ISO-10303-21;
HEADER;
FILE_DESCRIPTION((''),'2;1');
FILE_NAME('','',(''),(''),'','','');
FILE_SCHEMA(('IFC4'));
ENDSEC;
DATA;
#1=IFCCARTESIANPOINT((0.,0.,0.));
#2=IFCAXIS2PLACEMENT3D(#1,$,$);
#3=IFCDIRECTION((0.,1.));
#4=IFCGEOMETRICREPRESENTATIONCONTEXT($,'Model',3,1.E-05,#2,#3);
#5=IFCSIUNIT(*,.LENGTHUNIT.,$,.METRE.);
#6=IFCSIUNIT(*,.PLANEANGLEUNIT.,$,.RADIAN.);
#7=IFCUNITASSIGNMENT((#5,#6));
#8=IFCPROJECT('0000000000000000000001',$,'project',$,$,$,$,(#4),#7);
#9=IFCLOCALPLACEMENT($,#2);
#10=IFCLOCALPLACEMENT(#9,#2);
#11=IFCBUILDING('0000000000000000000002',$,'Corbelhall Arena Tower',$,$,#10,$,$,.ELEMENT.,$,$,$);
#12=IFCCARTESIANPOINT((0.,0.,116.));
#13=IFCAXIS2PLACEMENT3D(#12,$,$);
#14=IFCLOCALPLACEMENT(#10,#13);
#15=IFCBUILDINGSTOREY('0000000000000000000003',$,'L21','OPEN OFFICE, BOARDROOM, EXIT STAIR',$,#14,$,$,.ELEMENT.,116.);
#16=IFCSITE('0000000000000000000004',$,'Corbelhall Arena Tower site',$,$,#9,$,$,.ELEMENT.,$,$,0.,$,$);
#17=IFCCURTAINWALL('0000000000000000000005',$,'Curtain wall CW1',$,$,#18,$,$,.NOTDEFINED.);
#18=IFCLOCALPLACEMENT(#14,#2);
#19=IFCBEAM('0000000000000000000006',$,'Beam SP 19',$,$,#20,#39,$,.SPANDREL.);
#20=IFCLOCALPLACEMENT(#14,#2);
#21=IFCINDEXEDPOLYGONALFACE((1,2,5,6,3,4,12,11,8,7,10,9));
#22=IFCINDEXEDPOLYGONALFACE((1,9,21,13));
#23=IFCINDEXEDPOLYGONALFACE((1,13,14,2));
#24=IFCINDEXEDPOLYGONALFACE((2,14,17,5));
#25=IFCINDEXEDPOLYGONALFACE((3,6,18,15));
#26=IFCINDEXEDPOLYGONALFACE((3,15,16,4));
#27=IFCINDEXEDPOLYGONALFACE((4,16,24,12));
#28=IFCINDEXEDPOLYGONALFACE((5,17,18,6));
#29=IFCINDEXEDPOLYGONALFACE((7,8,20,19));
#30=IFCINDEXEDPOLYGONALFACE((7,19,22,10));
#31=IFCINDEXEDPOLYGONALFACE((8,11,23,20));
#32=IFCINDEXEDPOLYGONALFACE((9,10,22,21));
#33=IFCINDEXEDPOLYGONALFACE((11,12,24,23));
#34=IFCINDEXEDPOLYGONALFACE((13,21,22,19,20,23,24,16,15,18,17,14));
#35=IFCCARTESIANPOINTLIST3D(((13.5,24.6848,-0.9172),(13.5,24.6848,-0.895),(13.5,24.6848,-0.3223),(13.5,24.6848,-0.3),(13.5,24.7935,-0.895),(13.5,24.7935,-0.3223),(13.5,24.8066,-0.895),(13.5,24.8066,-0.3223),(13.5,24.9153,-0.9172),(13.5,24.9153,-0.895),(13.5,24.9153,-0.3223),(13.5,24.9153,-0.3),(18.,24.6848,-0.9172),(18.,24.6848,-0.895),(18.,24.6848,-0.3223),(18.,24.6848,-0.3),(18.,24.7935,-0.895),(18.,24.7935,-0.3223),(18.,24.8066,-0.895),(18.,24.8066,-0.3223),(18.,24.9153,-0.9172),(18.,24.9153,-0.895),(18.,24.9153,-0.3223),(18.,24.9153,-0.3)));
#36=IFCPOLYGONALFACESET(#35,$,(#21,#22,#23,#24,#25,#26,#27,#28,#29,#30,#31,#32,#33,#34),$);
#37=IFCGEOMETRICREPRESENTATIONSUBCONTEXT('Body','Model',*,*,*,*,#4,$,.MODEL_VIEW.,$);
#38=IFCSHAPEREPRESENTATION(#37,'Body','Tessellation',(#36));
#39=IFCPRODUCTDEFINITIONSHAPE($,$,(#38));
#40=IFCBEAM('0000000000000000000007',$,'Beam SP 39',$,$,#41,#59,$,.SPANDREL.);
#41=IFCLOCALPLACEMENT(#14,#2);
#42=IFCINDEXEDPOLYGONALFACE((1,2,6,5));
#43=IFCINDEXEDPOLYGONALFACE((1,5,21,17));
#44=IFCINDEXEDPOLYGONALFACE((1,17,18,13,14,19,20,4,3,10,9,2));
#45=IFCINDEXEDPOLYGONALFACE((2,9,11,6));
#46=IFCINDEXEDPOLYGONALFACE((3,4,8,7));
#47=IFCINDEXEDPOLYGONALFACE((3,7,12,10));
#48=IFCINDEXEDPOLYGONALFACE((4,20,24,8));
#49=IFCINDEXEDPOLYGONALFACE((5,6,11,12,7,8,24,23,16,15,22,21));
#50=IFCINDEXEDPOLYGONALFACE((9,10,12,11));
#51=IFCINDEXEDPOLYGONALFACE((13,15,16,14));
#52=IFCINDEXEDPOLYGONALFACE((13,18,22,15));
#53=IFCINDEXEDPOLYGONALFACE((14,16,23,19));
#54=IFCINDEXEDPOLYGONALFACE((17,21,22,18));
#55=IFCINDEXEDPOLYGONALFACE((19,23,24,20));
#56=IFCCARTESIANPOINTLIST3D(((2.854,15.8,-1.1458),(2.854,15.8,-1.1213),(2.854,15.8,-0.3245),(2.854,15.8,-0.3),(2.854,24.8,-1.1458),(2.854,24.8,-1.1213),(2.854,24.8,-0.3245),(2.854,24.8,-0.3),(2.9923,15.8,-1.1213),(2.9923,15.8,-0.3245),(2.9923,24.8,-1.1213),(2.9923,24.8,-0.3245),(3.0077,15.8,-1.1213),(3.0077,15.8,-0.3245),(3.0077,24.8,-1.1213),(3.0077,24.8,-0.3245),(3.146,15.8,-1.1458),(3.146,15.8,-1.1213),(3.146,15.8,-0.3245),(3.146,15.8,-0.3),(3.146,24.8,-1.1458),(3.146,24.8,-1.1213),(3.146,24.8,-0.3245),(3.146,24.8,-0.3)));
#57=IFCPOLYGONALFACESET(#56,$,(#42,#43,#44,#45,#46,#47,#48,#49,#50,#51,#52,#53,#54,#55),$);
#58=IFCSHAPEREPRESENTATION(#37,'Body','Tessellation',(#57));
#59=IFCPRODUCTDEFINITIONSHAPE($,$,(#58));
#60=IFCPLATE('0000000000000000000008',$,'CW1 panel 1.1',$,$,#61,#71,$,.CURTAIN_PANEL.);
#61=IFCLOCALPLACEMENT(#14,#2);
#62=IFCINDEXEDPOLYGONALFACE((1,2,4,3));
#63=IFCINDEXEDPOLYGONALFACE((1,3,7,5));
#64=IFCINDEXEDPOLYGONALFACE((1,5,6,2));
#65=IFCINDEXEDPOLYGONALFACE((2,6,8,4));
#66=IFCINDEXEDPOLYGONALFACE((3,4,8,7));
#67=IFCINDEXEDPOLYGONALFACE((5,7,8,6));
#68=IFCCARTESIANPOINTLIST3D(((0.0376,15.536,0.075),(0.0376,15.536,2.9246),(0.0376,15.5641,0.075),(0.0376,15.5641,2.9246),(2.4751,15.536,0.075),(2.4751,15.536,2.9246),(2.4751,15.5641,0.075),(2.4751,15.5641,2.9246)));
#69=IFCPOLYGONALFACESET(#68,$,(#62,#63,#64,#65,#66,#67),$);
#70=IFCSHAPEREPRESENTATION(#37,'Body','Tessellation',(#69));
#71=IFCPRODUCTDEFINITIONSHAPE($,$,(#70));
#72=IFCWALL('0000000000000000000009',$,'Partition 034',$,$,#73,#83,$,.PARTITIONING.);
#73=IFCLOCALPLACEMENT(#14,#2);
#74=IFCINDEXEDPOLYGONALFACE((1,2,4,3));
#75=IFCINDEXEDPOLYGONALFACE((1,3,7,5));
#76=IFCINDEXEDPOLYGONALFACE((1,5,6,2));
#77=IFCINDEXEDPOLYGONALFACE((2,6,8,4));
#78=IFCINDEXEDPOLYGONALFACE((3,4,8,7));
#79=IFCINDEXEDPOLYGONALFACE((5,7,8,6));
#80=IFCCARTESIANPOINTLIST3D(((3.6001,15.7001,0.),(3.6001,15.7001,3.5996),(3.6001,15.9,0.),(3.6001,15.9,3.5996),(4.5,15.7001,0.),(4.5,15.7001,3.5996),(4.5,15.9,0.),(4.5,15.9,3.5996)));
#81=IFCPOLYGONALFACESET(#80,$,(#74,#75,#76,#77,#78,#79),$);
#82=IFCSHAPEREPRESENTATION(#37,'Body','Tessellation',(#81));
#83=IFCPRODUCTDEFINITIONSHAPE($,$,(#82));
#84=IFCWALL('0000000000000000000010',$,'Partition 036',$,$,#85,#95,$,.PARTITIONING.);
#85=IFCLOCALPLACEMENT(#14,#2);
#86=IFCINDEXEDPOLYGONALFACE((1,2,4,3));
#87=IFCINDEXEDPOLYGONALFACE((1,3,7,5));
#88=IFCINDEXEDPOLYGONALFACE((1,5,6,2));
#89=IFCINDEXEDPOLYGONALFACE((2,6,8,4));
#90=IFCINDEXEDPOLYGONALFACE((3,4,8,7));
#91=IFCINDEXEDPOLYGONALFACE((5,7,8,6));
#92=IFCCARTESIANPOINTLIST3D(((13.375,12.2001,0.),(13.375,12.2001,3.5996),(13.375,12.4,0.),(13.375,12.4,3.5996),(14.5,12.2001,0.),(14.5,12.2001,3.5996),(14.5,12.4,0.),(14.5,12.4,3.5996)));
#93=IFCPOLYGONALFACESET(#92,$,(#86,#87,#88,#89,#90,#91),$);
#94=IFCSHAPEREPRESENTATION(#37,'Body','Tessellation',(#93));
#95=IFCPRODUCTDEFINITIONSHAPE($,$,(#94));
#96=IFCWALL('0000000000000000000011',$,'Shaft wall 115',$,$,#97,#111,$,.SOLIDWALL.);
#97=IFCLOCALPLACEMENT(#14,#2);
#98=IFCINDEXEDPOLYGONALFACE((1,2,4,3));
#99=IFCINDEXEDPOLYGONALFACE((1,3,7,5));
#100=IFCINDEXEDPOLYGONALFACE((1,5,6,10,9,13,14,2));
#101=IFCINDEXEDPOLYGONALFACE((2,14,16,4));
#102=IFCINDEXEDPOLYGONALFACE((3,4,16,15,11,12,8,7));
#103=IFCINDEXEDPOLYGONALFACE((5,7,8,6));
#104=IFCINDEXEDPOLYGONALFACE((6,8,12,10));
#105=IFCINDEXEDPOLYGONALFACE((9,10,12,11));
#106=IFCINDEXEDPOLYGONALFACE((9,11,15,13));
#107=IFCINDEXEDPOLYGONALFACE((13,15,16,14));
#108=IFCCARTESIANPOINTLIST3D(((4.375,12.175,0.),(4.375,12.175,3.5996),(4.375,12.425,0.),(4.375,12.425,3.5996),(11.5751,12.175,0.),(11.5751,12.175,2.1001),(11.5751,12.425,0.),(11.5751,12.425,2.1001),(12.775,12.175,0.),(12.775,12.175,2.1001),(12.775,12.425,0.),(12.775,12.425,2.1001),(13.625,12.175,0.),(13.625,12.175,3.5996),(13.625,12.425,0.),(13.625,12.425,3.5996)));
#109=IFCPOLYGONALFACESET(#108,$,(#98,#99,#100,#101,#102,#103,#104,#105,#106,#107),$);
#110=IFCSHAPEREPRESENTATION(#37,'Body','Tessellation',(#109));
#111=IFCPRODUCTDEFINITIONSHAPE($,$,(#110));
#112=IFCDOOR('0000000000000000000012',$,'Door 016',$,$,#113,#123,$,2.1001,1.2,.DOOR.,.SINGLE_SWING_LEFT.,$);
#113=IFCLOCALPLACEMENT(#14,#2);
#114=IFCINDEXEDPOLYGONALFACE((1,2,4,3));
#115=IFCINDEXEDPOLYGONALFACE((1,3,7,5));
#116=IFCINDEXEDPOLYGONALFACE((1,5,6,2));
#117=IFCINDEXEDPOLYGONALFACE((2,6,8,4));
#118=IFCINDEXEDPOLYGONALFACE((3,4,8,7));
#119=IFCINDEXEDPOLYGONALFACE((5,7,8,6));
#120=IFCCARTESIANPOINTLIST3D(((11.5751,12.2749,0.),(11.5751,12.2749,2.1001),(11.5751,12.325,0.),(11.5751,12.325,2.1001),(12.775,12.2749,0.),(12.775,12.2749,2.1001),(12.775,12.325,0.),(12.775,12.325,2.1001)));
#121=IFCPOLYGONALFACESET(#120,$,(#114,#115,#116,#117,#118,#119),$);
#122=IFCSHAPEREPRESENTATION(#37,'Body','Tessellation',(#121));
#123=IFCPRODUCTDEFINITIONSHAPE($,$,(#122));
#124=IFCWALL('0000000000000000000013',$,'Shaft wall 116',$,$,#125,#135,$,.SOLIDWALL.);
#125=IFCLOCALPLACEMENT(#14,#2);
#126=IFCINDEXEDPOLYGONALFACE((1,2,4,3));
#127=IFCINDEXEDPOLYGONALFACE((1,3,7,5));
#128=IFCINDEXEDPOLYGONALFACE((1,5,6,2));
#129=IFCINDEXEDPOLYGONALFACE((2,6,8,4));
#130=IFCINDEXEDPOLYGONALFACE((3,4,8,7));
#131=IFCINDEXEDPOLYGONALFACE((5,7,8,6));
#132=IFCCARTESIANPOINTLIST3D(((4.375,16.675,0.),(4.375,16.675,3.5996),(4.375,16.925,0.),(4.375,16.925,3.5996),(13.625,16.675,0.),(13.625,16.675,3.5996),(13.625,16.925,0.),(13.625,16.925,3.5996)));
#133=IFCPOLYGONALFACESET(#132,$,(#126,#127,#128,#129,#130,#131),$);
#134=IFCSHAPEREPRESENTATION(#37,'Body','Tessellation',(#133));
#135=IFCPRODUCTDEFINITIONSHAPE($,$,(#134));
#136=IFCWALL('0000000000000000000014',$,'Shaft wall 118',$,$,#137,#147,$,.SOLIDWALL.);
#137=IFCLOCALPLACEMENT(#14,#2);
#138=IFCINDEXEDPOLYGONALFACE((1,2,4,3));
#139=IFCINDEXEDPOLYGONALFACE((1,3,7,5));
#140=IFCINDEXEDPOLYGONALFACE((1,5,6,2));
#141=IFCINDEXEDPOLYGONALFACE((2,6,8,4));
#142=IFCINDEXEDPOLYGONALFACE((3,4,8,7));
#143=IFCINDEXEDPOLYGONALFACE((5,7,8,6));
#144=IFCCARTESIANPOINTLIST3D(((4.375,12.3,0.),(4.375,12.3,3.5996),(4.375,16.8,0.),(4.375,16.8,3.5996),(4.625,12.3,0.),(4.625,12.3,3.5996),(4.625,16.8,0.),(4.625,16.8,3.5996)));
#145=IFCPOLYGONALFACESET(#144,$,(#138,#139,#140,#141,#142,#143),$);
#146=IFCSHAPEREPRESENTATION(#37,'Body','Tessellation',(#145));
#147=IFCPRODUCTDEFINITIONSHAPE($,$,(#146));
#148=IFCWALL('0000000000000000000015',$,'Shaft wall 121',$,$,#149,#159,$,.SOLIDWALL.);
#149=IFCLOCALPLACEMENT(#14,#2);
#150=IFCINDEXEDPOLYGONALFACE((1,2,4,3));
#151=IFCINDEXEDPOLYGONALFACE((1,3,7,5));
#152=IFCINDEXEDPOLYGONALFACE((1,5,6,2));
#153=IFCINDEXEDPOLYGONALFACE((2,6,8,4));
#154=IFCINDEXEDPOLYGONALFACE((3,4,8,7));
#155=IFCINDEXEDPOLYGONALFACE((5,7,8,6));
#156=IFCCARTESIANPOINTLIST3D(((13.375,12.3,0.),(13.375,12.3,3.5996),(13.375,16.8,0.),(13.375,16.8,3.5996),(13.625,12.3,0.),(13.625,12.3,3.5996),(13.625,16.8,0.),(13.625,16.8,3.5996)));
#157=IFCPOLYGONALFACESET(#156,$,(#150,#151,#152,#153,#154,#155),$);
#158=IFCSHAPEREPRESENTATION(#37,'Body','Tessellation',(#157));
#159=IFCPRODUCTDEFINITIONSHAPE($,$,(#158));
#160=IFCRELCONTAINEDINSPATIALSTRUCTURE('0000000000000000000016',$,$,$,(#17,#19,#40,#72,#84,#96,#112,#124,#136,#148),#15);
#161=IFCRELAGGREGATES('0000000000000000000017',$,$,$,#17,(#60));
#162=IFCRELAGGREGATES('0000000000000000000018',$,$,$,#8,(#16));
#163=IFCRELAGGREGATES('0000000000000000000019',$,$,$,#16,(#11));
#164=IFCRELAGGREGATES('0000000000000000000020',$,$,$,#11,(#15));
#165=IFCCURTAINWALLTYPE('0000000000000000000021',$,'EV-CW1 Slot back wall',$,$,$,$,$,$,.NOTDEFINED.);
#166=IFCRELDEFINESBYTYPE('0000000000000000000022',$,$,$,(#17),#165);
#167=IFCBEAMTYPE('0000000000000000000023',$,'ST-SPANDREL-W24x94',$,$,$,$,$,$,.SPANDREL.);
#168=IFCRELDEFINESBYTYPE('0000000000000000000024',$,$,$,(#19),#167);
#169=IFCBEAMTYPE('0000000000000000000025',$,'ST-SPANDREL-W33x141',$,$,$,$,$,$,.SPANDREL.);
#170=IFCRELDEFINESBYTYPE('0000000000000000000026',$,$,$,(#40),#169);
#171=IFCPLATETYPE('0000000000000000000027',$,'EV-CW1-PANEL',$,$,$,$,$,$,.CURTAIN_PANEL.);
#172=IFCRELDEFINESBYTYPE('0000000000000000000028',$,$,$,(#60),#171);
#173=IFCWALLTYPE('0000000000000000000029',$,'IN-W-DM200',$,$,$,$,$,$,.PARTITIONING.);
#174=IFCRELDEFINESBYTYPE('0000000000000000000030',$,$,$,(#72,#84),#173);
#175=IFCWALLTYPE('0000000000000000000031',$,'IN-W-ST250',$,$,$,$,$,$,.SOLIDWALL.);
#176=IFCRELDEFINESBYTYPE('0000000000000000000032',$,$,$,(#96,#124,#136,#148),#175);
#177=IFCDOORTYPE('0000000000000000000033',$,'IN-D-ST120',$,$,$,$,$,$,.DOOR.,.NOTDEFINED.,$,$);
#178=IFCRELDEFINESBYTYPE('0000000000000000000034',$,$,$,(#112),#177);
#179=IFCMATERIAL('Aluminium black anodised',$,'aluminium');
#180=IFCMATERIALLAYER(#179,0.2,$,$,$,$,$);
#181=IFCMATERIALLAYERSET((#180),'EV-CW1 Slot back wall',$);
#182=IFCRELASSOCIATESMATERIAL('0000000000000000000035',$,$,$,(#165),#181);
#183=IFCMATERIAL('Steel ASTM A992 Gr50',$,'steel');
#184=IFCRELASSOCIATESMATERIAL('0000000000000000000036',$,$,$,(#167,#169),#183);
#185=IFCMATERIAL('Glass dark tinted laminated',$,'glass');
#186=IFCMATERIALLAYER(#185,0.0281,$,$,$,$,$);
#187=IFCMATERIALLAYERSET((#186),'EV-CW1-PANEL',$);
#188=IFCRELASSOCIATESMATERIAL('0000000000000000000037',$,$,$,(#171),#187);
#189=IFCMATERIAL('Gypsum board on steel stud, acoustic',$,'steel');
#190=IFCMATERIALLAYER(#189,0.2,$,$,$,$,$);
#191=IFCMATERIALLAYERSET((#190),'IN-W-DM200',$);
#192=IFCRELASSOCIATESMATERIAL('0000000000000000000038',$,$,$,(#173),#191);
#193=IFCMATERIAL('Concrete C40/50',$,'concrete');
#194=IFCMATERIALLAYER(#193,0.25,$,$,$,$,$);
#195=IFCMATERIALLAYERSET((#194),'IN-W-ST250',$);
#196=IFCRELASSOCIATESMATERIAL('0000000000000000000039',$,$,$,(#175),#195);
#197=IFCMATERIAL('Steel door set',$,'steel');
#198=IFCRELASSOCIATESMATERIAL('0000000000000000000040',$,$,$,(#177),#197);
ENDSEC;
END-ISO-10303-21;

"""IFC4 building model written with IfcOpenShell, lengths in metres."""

from ifc_helpers import new_model, si_unit, direction, frame, frame_2d, origin, origin_2d, place, context, subcontext, project, spatial, rectangle, i_section, extrude, material, layer, layer_set, material_profile, profile_set, type_object, element, fill, aggregate, save


model = new_model("IFC4")

# Units and contexts
model_context = context("Model", 3, precision=1e-05, world=origin(), true_north=direction((0.0, 1.0)))
body_context = subcontext(model_context, "Body", "Model", "MODEL_VIEW")
ifc_project = project(units=[si_unit("LENGTHUNIT", "METRE"), si_unit("PLANEANGLEUNIT", "RADIAN")], contexts=[model_context])

# Site, building, storey
site_placement = place(None, origin())
site = spatial("IfcSite", under=ifc_project, at=site_placement, Name="Corbelhall Arena Tower site", CompositionType="ELEMENT", RefElevation=0.0)
building_placement = place(site_placement, origin())
building = spatial("IfcBuilding", under=site, at=building_placement, Name="Corbelhall Arena Tower", CompositionType="ELEMENT")
storey_placement = place(building_placement, frame((0.0, 0.0, 116.0)))
storey = spatial("IfcBuildingStorey", under=building, at=storey_placement, Name="L21", Description="OPEN OFFICE, BOARDROOM, EXIT STAIR", CompositionType="ELEMENT", Elevation=116.0)

# Curtain wall
ifc_material_1 = material(Name="Aluminium black anodised", Category="aluminium")
ifc_layer_1 = layer(ifc_material_1, 0.2)
ifc_layer_set_1 = layer_set([ifc_layer_1], Name="EV-CW1 Slot back wall")
curtain_wall_type = type_object("IfcCurtainWallType", Name="EV-CW1 Slot back wall", PredefinedType="NOTDEFINED", material=ifc_layer_set_1)
curtain_wall_placement = place(storey_placement, origin())
curtain_wall = element("IfcCurtainWall", 1, at=curtain_wall_placement, inside=storey, type_object=curtain_wall_type, Name="Curtain wall CW1", PredefinedType="NOTDEFINED")

# Beams
ifc_material_2 = material(Name="Steel ASTM A992 Gr50", Category="steel")
ifc_material_profile_1 = material_profile(ifc_material_2, i_section(OverallWidth=0.2305, OverallDepth=0.6172, WebThickness=0.0132, FlangeThickness=0.0222, at=origin_2d()))
ifc_profile_set_1 = profile_set([ifc_material_profile_1], Name="Steel ASTM A992 Gr50")
beam_type_1 = type_object("IfcBeamType", Name="ST-SPANDREL-W24x94", PredefinedType="SPANDREL", material=ifc_profile_set_1)
for number, where, z_axis, x_axis, name in (
    (2, (13.5, 24.8, -0.6086), (1.0, 0.0, 0.0), (0.0, 1.0, 0.0), "Beam SP 19"),
):
    element("IfcBeam", number, at=place(storey_placement, frame(where, z_axis=z_axis, x_axis=x_axis)), inside=storey, type_object=beam_type_1, Name=name, PredefinedType="SPANDREL", context=body_context, shape_type="SweptSolid", body=[
        extrude(i_section(OverallWidth=0.2305, OverallDepth=0.6172, WebThickness=0.0132, FlangeThickness=0.0222, at=origin_2d()), origin(), (0.0, 0.0, 1.0), 4.5),
    ])
ifc_material_profile_2 = material_profile(ifc_material_2, i_section(OverallWidth=0.292, OverallDepth=0.8457, WebThickness=0.0154, FlangeThickness=0.0244, at=origin_2d()))
ifc_profile_set_2 = profile_set([ifc_material_profile_2], Name="Steel ASTM A992 Gr50")
beam_type_2 = type_object("IfcBeamType", Name="ST-SPANDREL-W33x141", PredefinedType="SPANDREL", material=ifc_profile_set_2)
beam_1_placement = place(storey_placement, frame((3.0, 15.8, -0.7229), z_axis=(0.0, 1.0, 0.0), x_axis=(-1.0, 0.0, 0.0)))
element("IfcBeam", 3, at=beam_1_placement, inside=storey, type_object=beam_type_2, Name="Beam SP 39", PredefinedType="SPANDREL", context=body_context, shape_type="SweptSolid", body=[
    extrude(i_section(OverallWidth=0.292, OverallDepth=0.8457, WebThickness=0.0154, FlangeThickness=0.0244, at=origin_2d()), origin(), (0.0, 0.0, 1.0), 9.0),
])

# Plate
ifc_material_3 = material(Name="Glass dark tinted laminated", Category="glass")
ifc_layer_2 = layer(ifc_material_3, 0.0281)
ifc_layer_set_2 = layer_set([ifc_layer_2], Name="EV-CW1-PANEL")
plate_type = type_object("IfcPlateType", Name="EV-CW1-PANEL", PredefinedType="CURTAIN_PANEL", material=ifc_layer_set_2)
plate_placement = place(storey_placement, frame((1.2563, 15.55, 0.075), z_axis=(0.0, 0.0, 1.0), x_axis=(-1.0, 0.0, 0.0)))
plate = element("IfcPlate", 4, at=plate_placement, type_object=plate_type, Name="CW1 panel 1.1", PredefinedType="CURTAIN_PANEL", context=body_context, shape_type="SweptSolid", body=[
    extrude(rectangle(XDim=2.4375, YDim=0.0281, at=origin_2d()), origin(), (0.0, 0.0, 1.0), 2.8496),
])
aggregate(curtain_wall, [plate])

# Walls
ifc_material_4 = material(Name="Gypsum board on steel stud, acoustic", Category="steel")
ifc_layer_3 = layer(ifc_material_4, 0.2)
ifc_layer_set_3 = layer_set([ifc_layer_3], Name="IN-W-DM200")
wall_type_1 = type_object("IfcWallType", Name="IN-W-DM200", PredefinedType="PARTITIONING", material=ifc_layer_set_3)
wall_1_placement = place(storey_placement, frame((3.6001, 15.8, 0.0), z_axis=(0.0, 0.0, 1.0), x_axis=(1.0, 0.0, 0.0)))
element("IfcWall", 5, at=wall_1_placement, inside=storey, type_object=wall_type_1, Name="Partition 034", PredefinedType="PARTITIONING", context=body_context, shape_type="SweptSolid", body=[
    extrude(rectangle(XDim=0.8999, YDim=0.2, at=frame_2d((0.45, 0.0))), origin(), (0.0, 0.0, 1.0), 3.5996),
])
wall_2_placement = place(storey_placement, frame((13.375, 12.3, 0.0), z_axis=(0.0, 0.0, 1.0), x_axis=(1.0, 0.0, 0.0)))
element("IfcWall", 6, at=wall_2_placement, inside=storey, type_object=wall_type_1, Name="Partition 036", PredefinedType="PARTITIONING", context=body_context, shape_type="SweptSolid", body=[
    extrude(rectangle(XDim=1.125, YDim=0.2, at=frame_2d((0.5625, 0.0))), origin(), (0.0, 0.0, 1.0), 3.5996),
])

# Wall, opening, door
ifc_material_5 = material(Name="Concrete C40/50", Category="concrete")
ifc_layer_4 = layer(ifc_material_5, 0.25)
ifc_layer_set_4 = layer_set([ifc_layer_4], Name="IN-W-ST250")
wall_type_2 = type_object("IfcWallType", Name="IN-W-ST250", PredefinedType="SOLIDWALL", material=ifc_layer_set_4)
wall_3_placement = place(storey_placement, frame((4.375, 12.3, 0.0), z_axis=(0.0, 0.0, 1.0), x_axis=(1.0, 0.0, 0.0)))
wall_3 = element("IfcWall", 7, at=wall_3_placement, inside=storey, type_object=wall_type_2, Name="Shaft wall 115", PredefinedType="SOLIDWALL", context=body_context, shape_type="SweptSolid", body=[
    extrude(rectangle(XDim=9.25, YDim=0.25, at=frame_2d((4.625, 0.0))), origin(), (0.0, 0.0, 1.0), 3.5996),
])
opening_1_placement = place(wall_3_placement, frame((7.2, 0.0, 0.0)))
opening_1 = element("IfcOpeningElement", 8, at=opening_1_placement, cuts=wall_3, PredefinedType="OPENING", context=body_context, shape_type="SweptSolid", body=[
    extrude(rectangle(XDim=1.2, YDim=2.1001, at=frame_2d((0.6001, 1.05))), frame((0.0, 0.125, 0.0), z_axis=(0.0, -1.0, 0.0), x_axis=(1.0, 0.0, 0.0)), (0.0, 0.0, 1.0), 0.25),
])
ifc_material_6 = material(Name="Steel door set", Category="steel")
door_type = type_object("IfcDoorType", Name="IN-D-ST120", OperationType="NOTDEFINED", PredefinedType="DOOR", material=ifc_material_6)
door_placement = place(opening_1_placement, origin())
door = element("IfcDoor", 9, at=door_placement, inside=storey, type_object=door_type, Name="Door 016", OperationType="SINGLE_SWING_LEFT", OverallHeight=2.1001, OverallWidth=1.2, PredefinedType="DOOR", context=body_context, shape_type="SweptSolid", body=[
    extrude(rectangle(XDim=1.2, YDim=2.1001, at=frame_2d((0.6001, 1.05))), frame((0.0, 0.0249, 0.0), z_axis=(0.0, -1.0, 0.0), x_axis=(1.0, 0.0, 0.0)), (0.0, 0.0, 1.0), 0.05),
])
fill(opening_1, door)

# Walls
wall_4_placement = place(storey_placement, frame((4.375, 16.8, 0.0), z_axis=(0.0, 0.0, 1.0), x_axis=(1.0, 0.0, 0.0)))
element("IfcWall", 10, at=wall_4_placement, inside=storey, type_object=wall_type_2, Name="Shaft wall 116", PredefinedType="SOLIDWALL", context=body_context, shape_type="SweptSolid", body=[
    extrude(rectangle(XDim=9.25, YDim=0.25, at=frame_2d((4.625, 0.0))), origin(), (0.0, 0.0, 1.0), 3.5996),
])
for number, where, z_axis, x_axis, name in (
    (11, (4.5, 12.3, 0.0), (0.0, 0.0, 1.0), (0.0, 1.0, 0.0), "Shaft wall 118"),
    (12, (13.5, 16.8, 0.0), (0.0, 0.0, 1.0), (0.0, -1.0, 0.0), "Shaft wall 121"),
):
    element("IfcWall", number, at=place(storey_placement, frame(where, z_axis=z_axis, x_axis=x_axis)), inside=storey, type_object=wall_type_2, Name=name, PredefinedType="SOLIDWALL", context=body_context, shape_type="SweptSolid", body=[
        extrude(rectangle(XDim=4.5, YDim=0.25, at=frame_2d((2.25, 0.0))), origin(), (0.0, 0.0, 1.0), 3.5996),
    ])

save(model, "model.ifc")
